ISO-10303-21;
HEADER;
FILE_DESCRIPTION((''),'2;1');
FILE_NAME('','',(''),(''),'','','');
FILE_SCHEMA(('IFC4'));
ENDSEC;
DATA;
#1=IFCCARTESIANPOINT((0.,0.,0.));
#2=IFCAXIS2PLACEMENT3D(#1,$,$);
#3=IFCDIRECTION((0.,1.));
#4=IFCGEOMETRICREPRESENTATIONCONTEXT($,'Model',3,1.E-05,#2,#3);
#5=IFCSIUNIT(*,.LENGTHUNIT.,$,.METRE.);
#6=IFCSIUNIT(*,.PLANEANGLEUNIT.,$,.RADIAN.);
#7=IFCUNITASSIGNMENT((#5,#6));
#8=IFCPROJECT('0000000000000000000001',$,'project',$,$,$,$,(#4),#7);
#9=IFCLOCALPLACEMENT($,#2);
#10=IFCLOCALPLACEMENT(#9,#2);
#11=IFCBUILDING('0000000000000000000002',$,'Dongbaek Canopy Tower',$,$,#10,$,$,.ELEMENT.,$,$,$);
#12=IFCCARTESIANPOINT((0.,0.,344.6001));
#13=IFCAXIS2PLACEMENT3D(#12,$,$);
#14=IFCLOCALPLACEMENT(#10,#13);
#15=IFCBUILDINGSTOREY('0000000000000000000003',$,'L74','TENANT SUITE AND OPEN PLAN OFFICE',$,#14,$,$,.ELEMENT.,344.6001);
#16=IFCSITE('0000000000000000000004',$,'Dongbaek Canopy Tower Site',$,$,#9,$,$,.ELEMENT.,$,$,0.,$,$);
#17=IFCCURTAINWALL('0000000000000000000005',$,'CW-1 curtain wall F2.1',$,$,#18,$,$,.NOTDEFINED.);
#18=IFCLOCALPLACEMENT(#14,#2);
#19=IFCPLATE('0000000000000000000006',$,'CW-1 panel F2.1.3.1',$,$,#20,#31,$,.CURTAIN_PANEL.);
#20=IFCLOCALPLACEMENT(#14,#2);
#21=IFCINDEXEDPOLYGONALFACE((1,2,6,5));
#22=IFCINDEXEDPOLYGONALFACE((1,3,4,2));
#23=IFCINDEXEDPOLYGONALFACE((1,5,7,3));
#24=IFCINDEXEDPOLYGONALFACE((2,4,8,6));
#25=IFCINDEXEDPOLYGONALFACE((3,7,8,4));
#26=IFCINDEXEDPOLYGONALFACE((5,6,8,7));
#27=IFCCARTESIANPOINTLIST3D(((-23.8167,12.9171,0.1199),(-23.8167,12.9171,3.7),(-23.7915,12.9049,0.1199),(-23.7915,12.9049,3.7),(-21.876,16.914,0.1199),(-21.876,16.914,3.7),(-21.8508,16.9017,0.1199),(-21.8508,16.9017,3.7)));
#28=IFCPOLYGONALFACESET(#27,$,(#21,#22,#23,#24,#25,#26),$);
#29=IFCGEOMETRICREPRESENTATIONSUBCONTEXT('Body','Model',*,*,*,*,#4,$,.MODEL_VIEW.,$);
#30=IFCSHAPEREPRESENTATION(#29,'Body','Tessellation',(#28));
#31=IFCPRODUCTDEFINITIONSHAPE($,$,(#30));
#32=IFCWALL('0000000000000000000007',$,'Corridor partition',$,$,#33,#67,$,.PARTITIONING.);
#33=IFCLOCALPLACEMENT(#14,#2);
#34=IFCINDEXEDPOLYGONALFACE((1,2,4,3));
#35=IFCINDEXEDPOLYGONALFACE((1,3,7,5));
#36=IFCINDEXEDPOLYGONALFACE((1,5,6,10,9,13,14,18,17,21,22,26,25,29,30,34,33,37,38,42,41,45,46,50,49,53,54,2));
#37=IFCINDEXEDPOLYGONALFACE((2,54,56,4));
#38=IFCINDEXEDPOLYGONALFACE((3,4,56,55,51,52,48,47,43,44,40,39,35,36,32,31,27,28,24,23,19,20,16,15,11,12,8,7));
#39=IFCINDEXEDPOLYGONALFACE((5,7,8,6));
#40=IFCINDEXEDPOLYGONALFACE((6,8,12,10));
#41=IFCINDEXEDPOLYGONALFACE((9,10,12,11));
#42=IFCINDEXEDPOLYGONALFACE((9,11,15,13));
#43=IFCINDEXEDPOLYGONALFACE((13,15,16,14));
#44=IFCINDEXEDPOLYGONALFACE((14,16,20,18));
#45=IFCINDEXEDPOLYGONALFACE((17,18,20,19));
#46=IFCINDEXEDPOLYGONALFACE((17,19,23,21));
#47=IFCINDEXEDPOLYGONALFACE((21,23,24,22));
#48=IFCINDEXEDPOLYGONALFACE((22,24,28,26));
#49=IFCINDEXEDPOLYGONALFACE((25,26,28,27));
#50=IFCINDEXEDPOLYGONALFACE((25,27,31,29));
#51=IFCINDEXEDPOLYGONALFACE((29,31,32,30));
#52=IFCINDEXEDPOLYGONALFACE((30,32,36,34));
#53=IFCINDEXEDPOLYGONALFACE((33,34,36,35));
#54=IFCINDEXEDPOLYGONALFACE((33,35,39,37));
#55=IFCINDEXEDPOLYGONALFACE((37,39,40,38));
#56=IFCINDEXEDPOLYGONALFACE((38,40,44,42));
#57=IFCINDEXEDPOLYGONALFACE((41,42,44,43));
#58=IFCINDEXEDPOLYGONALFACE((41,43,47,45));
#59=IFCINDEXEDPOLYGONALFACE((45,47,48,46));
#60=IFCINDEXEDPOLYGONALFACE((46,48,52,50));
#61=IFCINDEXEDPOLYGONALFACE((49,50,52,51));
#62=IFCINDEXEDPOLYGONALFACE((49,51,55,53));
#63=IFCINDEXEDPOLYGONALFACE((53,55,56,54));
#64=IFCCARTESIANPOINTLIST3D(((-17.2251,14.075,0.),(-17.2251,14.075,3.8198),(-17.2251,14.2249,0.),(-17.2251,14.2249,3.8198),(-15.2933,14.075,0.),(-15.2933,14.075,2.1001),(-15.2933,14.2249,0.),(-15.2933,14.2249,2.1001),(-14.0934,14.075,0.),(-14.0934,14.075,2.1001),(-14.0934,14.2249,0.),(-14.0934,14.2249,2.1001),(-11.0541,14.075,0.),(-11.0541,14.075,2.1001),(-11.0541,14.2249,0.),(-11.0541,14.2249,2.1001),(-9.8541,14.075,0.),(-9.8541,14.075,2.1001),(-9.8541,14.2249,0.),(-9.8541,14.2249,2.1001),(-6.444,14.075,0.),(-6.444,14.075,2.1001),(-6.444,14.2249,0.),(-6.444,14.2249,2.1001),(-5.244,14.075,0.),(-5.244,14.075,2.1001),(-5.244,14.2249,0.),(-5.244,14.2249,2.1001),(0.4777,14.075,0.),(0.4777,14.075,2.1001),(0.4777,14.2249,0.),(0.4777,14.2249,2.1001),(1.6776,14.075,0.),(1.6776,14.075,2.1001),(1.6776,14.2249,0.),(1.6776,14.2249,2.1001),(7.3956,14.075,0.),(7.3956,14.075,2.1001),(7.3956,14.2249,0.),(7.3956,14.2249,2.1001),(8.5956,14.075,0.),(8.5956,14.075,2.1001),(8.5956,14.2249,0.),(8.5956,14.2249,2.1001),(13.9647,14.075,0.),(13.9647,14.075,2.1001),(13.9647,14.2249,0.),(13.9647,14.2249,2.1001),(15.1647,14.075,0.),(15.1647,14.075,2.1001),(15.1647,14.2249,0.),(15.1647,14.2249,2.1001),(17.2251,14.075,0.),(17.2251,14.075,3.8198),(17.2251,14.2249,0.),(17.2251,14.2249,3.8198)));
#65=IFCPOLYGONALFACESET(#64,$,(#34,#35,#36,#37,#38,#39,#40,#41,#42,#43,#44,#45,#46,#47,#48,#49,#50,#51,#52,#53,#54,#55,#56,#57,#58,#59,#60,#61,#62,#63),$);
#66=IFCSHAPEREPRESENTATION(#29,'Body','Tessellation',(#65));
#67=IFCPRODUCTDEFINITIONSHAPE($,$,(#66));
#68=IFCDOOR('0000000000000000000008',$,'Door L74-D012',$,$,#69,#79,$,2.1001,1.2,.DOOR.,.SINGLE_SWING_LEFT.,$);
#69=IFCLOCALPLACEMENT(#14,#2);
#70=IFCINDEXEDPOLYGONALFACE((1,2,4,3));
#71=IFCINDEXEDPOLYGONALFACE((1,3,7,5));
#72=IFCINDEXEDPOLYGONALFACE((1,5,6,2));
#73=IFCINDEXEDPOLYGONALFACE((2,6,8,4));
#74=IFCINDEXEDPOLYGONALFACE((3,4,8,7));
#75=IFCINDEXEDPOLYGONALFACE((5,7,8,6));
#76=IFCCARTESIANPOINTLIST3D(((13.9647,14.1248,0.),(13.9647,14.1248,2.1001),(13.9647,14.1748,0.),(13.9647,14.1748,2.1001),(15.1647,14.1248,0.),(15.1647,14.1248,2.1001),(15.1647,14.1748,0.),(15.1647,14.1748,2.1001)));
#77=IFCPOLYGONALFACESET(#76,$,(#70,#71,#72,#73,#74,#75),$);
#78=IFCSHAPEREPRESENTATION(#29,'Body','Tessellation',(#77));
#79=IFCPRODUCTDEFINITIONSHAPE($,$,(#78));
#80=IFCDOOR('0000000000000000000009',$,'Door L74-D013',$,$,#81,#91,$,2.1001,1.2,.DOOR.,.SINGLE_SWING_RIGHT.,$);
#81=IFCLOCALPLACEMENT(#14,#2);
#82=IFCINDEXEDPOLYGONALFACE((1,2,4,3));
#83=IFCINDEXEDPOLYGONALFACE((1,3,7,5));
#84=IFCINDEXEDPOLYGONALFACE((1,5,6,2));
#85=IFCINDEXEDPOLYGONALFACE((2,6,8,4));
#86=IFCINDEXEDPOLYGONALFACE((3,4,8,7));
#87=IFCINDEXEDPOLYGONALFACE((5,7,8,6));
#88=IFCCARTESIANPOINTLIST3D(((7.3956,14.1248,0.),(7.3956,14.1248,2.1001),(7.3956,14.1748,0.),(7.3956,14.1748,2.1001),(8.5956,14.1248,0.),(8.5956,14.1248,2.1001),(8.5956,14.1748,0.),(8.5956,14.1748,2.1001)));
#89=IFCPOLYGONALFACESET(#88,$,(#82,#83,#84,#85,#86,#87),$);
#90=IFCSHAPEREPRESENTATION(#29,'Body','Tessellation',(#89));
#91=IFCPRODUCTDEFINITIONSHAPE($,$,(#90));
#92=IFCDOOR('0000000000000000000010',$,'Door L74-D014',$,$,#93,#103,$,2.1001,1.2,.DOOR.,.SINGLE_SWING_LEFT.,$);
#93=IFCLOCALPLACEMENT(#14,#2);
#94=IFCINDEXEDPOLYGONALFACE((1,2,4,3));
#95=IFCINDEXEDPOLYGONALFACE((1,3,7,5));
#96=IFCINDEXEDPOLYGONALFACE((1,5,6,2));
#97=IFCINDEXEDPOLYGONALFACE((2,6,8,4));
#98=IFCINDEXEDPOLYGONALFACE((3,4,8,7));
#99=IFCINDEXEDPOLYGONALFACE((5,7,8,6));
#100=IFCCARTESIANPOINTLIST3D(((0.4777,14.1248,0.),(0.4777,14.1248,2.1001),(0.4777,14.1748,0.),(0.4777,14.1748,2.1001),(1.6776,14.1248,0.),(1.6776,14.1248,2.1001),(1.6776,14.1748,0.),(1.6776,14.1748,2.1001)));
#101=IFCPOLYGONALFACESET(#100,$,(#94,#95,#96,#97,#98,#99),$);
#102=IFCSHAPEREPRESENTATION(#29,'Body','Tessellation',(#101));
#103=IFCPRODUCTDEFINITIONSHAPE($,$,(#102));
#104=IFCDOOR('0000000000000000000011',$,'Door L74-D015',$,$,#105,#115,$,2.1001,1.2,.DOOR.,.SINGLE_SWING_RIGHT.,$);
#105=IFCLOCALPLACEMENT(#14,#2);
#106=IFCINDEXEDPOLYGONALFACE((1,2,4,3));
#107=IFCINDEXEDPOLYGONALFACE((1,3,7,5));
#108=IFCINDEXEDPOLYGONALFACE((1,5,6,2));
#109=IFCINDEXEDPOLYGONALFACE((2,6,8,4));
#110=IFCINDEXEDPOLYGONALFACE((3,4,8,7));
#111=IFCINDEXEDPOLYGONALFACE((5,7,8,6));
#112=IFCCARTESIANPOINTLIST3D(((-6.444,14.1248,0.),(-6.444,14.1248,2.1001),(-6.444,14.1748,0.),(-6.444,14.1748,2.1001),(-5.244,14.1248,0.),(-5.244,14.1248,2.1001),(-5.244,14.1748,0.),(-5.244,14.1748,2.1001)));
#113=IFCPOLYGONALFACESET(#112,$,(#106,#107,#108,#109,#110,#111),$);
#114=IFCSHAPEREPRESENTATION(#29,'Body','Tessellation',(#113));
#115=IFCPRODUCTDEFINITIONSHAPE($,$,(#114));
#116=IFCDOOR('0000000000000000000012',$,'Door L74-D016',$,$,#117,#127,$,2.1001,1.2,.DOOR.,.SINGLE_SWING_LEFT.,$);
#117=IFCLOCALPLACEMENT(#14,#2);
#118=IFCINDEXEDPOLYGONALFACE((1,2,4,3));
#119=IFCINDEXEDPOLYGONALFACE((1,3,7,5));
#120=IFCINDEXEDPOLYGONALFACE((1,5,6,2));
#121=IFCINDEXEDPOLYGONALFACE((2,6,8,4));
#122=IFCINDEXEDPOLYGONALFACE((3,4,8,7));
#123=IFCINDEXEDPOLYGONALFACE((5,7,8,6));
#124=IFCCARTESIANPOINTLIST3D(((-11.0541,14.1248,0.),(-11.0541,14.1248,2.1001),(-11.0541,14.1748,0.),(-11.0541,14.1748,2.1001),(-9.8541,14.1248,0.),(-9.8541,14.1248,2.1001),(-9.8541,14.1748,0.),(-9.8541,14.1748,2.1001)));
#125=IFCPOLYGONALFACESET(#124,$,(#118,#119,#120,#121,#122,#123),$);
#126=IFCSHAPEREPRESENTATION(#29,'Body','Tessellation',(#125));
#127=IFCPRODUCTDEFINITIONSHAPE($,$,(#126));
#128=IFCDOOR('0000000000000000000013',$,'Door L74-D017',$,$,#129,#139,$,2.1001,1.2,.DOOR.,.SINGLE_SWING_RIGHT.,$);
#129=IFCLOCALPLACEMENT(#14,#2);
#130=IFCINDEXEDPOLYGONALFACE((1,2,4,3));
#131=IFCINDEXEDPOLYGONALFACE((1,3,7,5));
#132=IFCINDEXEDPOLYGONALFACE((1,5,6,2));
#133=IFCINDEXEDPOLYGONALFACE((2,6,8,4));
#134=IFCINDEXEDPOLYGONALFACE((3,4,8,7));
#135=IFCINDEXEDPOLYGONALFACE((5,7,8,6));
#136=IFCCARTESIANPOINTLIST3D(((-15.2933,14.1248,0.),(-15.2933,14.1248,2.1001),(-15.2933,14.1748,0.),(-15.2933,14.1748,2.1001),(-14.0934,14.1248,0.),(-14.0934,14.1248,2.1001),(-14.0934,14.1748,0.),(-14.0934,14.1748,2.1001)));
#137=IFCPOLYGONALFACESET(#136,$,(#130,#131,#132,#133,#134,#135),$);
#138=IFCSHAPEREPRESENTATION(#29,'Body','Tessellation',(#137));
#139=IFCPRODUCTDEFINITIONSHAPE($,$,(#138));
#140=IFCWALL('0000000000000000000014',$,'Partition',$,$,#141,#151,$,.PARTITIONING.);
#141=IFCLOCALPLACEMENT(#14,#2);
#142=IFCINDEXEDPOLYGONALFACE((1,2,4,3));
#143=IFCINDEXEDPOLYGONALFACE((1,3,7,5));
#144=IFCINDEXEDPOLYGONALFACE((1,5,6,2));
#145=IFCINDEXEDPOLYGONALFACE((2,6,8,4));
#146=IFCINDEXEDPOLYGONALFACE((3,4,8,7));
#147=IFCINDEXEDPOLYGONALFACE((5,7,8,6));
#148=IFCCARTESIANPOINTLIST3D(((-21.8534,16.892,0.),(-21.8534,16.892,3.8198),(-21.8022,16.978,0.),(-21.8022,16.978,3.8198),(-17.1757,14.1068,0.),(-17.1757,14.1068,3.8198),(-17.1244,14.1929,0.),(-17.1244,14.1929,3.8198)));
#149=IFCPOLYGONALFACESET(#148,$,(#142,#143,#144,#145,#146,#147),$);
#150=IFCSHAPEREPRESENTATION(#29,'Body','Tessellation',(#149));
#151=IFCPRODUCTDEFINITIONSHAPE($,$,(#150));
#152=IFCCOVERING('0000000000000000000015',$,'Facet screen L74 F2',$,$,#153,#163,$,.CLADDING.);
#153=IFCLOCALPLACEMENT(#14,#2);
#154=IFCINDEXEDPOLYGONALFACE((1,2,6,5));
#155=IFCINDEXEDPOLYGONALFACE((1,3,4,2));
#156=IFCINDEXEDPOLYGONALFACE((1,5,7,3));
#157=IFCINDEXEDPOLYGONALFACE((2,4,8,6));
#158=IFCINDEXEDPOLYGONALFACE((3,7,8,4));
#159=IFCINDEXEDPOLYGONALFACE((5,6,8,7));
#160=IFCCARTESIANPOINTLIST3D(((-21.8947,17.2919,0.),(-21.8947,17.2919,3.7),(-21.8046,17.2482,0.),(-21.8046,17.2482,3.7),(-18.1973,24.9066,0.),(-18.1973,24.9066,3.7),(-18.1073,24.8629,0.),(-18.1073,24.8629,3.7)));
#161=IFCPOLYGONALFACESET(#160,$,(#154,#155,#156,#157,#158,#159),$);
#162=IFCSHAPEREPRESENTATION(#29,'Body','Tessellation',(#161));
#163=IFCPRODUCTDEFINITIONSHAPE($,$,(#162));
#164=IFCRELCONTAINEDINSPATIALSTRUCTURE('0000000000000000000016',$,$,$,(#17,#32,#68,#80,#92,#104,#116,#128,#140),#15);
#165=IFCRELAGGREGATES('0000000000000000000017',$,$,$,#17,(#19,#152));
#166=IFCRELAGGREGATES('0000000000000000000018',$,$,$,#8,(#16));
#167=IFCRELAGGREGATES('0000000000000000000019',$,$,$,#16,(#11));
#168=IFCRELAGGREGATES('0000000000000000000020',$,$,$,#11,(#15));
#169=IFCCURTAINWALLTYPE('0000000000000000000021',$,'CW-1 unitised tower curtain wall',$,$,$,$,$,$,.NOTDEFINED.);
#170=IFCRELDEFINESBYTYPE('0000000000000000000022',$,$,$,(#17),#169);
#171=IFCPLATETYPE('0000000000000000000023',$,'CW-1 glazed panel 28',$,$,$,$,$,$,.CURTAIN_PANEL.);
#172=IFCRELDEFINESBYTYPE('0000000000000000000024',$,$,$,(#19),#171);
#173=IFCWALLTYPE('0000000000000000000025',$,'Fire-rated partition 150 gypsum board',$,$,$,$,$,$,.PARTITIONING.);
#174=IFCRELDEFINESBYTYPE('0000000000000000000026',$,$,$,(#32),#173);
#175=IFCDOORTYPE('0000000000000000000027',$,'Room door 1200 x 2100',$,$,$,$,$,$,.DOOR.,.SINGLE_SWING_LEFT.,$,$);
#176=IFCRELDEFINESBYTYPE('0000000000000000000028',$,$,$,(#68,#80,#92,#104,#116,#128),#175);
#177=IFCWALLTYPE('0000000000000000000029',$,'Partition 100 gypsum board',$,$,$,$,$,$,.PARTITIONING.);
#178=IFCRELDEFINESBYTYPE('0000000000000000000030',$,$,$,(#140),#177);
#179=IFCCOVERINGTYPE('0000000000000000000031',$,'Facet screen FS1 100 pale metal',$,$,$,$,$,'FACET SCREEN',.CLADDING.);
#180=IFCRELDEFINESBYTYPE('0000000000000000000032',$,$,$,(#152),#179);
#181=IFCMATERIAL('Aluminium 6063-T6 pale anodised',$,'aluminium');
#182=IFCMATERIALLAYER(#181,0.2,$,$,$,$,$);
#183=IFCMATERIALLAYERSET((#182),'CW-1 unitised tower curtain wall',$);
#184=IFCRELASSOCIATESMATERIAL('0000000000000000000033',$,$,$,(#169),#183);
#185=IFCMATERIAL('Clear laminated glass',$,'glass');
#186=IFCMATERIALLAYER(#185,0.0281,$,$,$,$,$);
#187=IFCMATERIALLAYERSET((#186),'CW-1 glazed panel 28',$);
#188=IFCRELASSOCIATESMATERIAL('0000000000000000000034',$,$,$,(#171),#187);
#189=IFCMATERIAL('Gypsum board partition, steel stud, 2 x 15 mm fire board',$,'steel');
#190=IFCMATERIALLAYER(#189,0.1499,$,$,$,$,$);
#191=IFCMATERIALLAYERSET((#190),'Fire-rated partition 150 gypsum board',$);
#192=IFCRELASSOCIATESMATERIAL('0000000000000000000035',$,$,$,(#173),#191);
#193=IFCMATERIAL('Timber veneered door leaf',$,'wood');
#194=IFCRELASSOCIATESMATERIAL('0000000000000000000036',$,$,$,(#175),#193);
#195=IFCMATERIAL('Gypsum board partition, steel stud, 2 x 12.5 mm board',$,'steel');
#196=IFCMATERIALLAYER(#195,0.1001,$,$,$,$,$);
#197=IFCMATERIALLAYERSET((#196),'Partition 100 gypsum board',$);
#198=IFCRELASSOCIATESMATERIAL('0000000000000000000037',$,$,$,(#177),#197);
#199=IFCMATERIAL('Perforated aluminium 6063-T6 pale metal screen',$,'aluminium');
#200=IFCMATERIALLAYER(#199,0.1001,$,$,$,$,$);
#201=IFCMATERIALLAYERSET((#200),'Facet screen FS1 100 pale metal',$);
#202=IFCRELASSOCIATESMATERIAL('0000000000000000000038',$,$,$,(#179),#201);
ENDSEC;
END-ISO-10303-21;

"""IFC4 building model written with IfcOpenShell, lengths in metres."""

from ifc_helpers import new_model, si_unit, direction, frame, frame_2d, origin, origin_2d, place, context, subcontext, project, spatial, rectangle, extrude, material, layer, layer_set, type_object, element, fill, aggregate, save


model = new_model("IFC4")

# Units and contexts
model_context = context("Model", 3, precision=1e-05, world=origin(), true_north=direction((0.0, 1.0)))
body_context = subcontext(model_context, "Body", "Model", "MODEL_VIEW")
ifc_project = project(units=[si_unit("LENGTHUNIT", "METRE"), si_unit("PLANEANGLEUNIT", "RADIAN")], contexts=[model_context])

# Site, building, storey
site_placement = place(None, origin())
site = spatial("IfcSite", under=ifc_project, at=site_placement, Name="Dongbaek Canopy Tower Site", CompositionType="ELEMENT", RefElevation=0.0)
building_placement = place(site_placement, origin())
building = spatial("IfcBuilding", under=site, at=building_placement, Name="Dongbaek Canopy Tower", CompositionType="ELEMENT")
storey_placement = place(building_placement, frame((0.0, 0.0, 344.6001)))
storey = spatial("IfcBuildingStorey", under=building, at=storey_placement, Name="L74", Description="TENANT SUITE AND OPEN PLAN OFFICE", CompositionType="ELEMENT", Elevation=344.6001)

# Curtain wall
ifc_material_1 = material(Name="Aluminium 6063-T6 pale anodised", Category="aluminium")
ifc_layer_1 = layer(ifc_material_1, 0.2)
ifc_layer_set_1 = layer_set([ifc_layer_1], Name="CW-1 unitised tower curtain wall")
curtain_wall_type = type_object("IfcCurtainWallType", Name="CW-1 unitised tower curtain wall", PredefinedType="NOTDEFINED", material=ifc_layer_set_1)
curtain_wall_1_placement = place(storey_placement, origin())
curtain_wall_1 = element("IfcCurtainWall", 1, at=curtain_wall_1_placement, inside=storey, type_object=curtain_wall_type, Name="CW-1 curtain wall F2.1", PredefinedType="NOTDEFINED")

# Plate
ifc_material_2 = material(Name="Clear laminated glass", Category="glass")
ifc_layer_2 = layer(ifc_material_2, 0.0281)
ifc_layer_set_2 = layer_set([ifc_layer_2], Name="CW-1 glazed panel 28")
plate_type = type_object("IfcPlateType", Name="CW-1 glazed panel 28", PredefinedType="CURTAIN_PANEL", material=ifc_layer_set_2)
plate_1_placement = place(storey_placement, frame((-22.8337, 14.9094, 0.1199), z_axis=(0.0, 0.0, 1.0), x_axis=(-0.436791, -0.899563, 0.0)))
plate_1 = element("IfcPlate", 2, at=plate_1_placement, type_object=plate_type, Name="CW-1 panel F2.1.3.1", PredefinedType="CURTAIN_PANEL", context=body_context, shape_type="SweptSolid", body=[
    extrude(rectangle(XDim=4.4431, YDim=0.0281, at=origin_2d()), origin(), (0.0, 0.0, 1.0), 3.5801),
])

# Wall, openings, doors
ifc_material_3 = material(Name="Gypsum board partition, steel stud, 2 x 15 mm fire board", Category="steel")
ifc_layer_3 = layer(ifc_material_3, 0.1499)
ifc_layer_set_3 = layer_set([ifc_layer_3], Name="Fire-rated partition 150 gypsum board")
wall_type_1 = type_object("IfcWallType", Name="Fire-rated partition 150 gypsum board", PredefinedType="PARTITIONING", material=ifc_layer_set_3)
wall_1_placement = place(storey_placement, frame((-17.2251, 14.1499, 0.0), z_axis=(0.0, 0.0, 1.0), x_axis=(1.0, 0.0, 0.0)))
wall_1 = element("IfcWall", 3, at=wall_1_placement, inside=storey, type_object=wall_type_1, Name="Corridor partition", PredefinedType="PARTITIONING", context=body_context, shape_type="SweptSolid", body=[
    extrude(rectangle(XDim=34.4502, YDim=0.1499, at=frame_2d((17.2251, 0.0))), origin(), (0.0, 0.0, 1.0), 3.8198),
])
opening_1_placement = place(wall_1_placement, frame((31.1897, 0.0, 0.0)))
opening_1 = element("IfcOpeningElement", 4, at=opening_1_placement, cuts=wall_1, PredefinedType="OPENING", context=body_context, shape_type="SweptSolid", body=[
    extrude(rectangle(XDim=1.2, YDim=2.1001, at=frame_2d((0.6001, 1.05))), frame((0.0, 0.085, 0.0), z_axis=(0.0, -1.0, 0.0), x_axis=(1.0, 0.0, 0.0)), (0.0, 0.0, 1.0), 0.1699),
])
opening_2_placement = place(wall_1_placement, frame((24.6206, 0.0, 0.0)))
opening_2 = element("IfcOpeningElement", 5, at=opening_2_placement, cuts=wall_1, PredefinedType="OPENING", context=body_context, shape_type="SweptSolid", body=[
    extrude(rectangle(XDim=1.2, YDim=2.1001, at=frame_2d((0.6001, 1.05))), frame((0.0, 0.085, 0.0), z_axis=(0.0, -1.0, 0.0), x_axis=(1.0, 0.0, 0.0)), (0.0, 0.0, 1.0), 0.1699),
])
opening_3_placement = place(wall_1_placement, frame((17.7026, 0.0, 0.0)))
opening_3 = element("IfcOpeningElement", 6, at=opening_3_placement, cuts=wall_1, PredefinedType="OPENING", context=body_context, shape_type="SweptSolid", body=[
    extrude(rectangle(XDim=1.2, YDim=2.1001, at=frame_2d((0.6001, 1.05))), frame((0.0, 0.085, 0.0), z_axis=(0.0, -1.0, 0.0), x_axis=(1.0, 0.0, 0.0)), (0.0, 0.0, 1.0), 0.1699),
])
opening_4_placement = place(wall_1_placement, frame((10.781, 0.0, 0.0)))
opening_4 = element("IfcOpeningElement", 7, at=opening_4_placement, cuts=wall_1, PredefinedType="OPENING", context=body_context, shape_type="SweptSolid", body=[
    extrude(rectangle(XDim=1.2, YDim=2.1001, at=frame_2d((0.6001, 1.05))), frame((0.0, 0.085, 0.0), z_axis=(0.0, -1.0, 0.0), x_axis=(1.0, 0.0, 0.0)), (0.0, 0.0, 1.0), 0.1699),
])
opening_5_placement = place(wall_1_placement, frame((6.1709, 0.0, 0.0)))
opening_5 = element("IfcOpeningElement", 8, at=opening_5_placement, cuts=wall_1, PredefinedType="OPENING", context=body_context, shape_type="SweptSolid", body=[
    extrude(rectangle(XDim=1.2, YDim=2.1001, at=frame_2d((0.6001, 1.05))), frame((0.0, 0.085, 0.0), z_axis=(0.0, -1.0, 0.0), x_axis=(1.0, 0.0, 0.0)), (0.0, 0.0, 1.0), 0.1699),
])
opening_6_placement = place(wall_1_placement, frame((1.9316, 0.0, 0.0)))
opening_6 = element("IfcOpeningElement", 9, at=opening_6_placement, cuts=wall_1, PredefinedType="OPENING", context=body_context, shape_type="SweptSolid", body=[
    extrude(rectangle(XDim=1.2, YDim=2.1001, at=frame_2d((0.6001, 1.05))), frame((0.0, 0.085, 0.0), z_axis=(0.0, -1.0, 0.0), x_axis=(1.0, 0.0, 0.0)), (0.0, 0.0, 1.0), 0.1699),
])
ifc_material_4 = material(Name="Timber veneered door leaf", Category="wood")
door_type = type_object("IfcDoorType", Name="Room door 1200 x 2100", OperationType="SINGLE_SWING_LEFT", PredefinedType="DOOR", material=ifc_material_4)
door_1_placement = place(opening_1_placement, origin())
door_1 = element("IfcDoor", 10, at=door_1_placement, inside=storey, type_object=door_type, Name="Door L74-D012", OperationType="SINGLE_SWING_LEFT", OverallHeight=2.1001, OverallWidth=1.2, PredefinedType="DOOR", context=body_context, shape_type="SweptSolid", body=[
    extrude(rectangle(XDim=1.2, YDim=2.1001, at=frame_2d((0.6001, 1.05))), frame((0.0, 0.0249, 0.0), z_axis=(0.0, -1.0, 0.0), x_axis=(1.0, 0.0, 0.0)), (0.0, 0.0, 1.0), 0.05),
])
fill(opening_1, door_1)
door_2_placement = place(opening_2_placement, origin())
door_2 = element("IfcDoor", 11, at=door_2_placement, inside=storey, type_object=door_type, Name="Door L74-D013", OperationType="SINGLE_SWING_RIGHT", OverallHeight=2.1001, OverallWidth=1.2, PredefinedType="DOOR", context=body_context, shape_type="SweptSolid", body=[
    extrude(rectangle(XDim=1.2, YDim=2.1001, at=frame_2d((0.6001, 1.05))), frame((0.0, 0.0249, 0.0), z_axis=(0.0, -1.0, 0.0), x_axis=(1.0, 0.0, 0.0)), (0.0, 0.0, 1.0), 0.05),
])
fill(opening_2, door_2)
door_3_placement = place(opening_3_placement, origin())
door_3 = element("IfcDoor", 12, at=door_3_placement, inside=storey, type_object=door_type, Name="Door L74-D014", OperationType="SINGLE_SWING_LEFT", OverallHeight=2.1001, OverallWidth=1.2, PredefinedType="DOOR", context=body_context, shape_type="SweptSolid", body=[
    extrude(rectangle(XDim=1.2, YDim=2.1001, at=frame_2d((0.6001, 1.05))), frame((0.0, 0.0249, 0.0), z_axis=(0.0, -1.0, 0.0), x_axis=(1.0, 0.0, 0.0)), (0.0, 0.0, 1.0), 0.05),
])
fill(opening_3, door_3)
door_4_placement = place(opening_4_placement, origin())
door_4 = element("IfcDoor", 13, at=door_4_placement, inside=storey, type_object=door_type, Name="Door L74-D015", OperationType="SINGLE_SWING_RIGHT", OverallHeight=2.1001, OverallWidth=1.2, PredefinedType="DOOR", context=body_context, shape_type="SweptSolid", body=[
    extrude(rectangle(XDim=1.2, YDim=2.1001, at=frame_2d((0.6001, 1.05))), frame((0.0, 0.0249, 0.0), z_axis=(0.0, -1.0, 0.0), x_axis=(1.0, 0.0, 0.0)), (0.0, 0.0, 1.0), 0.05),
])
fill(opening_4, door_4)
door_5_placement = place(opening_5_placement, origin())
door_5 = element("IfcDoor", 14, at=door_5_placement, inside=storey, type_object=door_type, Name="Door L74-D016", OperationType="SINGLE_SWING_LEFT", OverallHeight=2.1001, OverallWidth=1.2, PredefinedType="DOOR", context=body_context, shape_type="SweptSolid", body=[
    extrude(rectangle(XDim=1.2, YDim=2.1001, at=frame_2d((0.6001, 1.05))), frame((0.0, 0.0249, 0.0), z_axis=(0.0, -1.0, 0.0), x_axis=(1.0, 0.0, 0.0)), (0.0, 0.0, 1.0), 0.05),
])
fill(opening_5, door_5)
door_6_placement = place(opening_6_placement, origin())
door_6 = element("IfcDoor", 15, at=door_6_placement, inside=storey, type_object=door_type, Name="Door L74-D017", OperationType="SINGLE_SWING_RIGHT", OverallHeight=2.1001, OverallWidth=1.2, PredefinedType="DOOR", context=body_context, shape_type="SweptSolid", body=[
    extrude(rectangle(XDim=1.2, YDim=2.1001, at=frame_2d((0.6001, 1.05))), frame((0.0, 0.0249, 0.0), z_axis=(0.0, -1.0, 0.0), x_axis=(1.0, 0.0, 0.0)), (0.0, 0.0, 1.0), 0.05),
])
fill(opening_6, door_6)

# Wall
ifc_material_5 = material(Name="Gypsum board partition, steel stud, 2 x 12.5 mm board", Category="steel")
ifc_layer_4 = layer(ifc_material_5, 0.1001)
ifc_layer_set_4 = layer_set([ifc_layer_4], Name="Partition 100 gypsum board")
wall_type_2 = type_object("IfcWallType", Name="Partition 100 gypsum board", PredefinedType="PARTITIONING", material=ifc_layer_set_4)
wall_2_placement = place(storey_placement, frame((-21.8279, 16.9351, 0.0), z_axis=(0.0, 0.0, 1.0), x_axis=(0.859229, -0.511591, 0.0)))
element("IfcWall", 16, at=wall_2_placement, inside=storey, type_object=wall_type_2, Name="Partition", PredefinedType="PARTITIONING", context=body_context, shape_type="SweptSolid", body=[
    extrude(rectangle(XDim=5.4441, YDim=0.1001, at=frame_2d((2.7222, 0.0))), origin(), (0.0, 0.0, 1.0), 3.8198),
])

# Covering
ifc_material_6 = material(Name="Perforated aluminium 6063-T6 pale metal screen", Category="aluminium")
ifc_layer_5 = layer(ifc_material_6, 0.1001)
ifc_layer_set_5 = layer_set([ifc_layer_5], Name="Facet screen FS1 100 pale metal")
covering_type_1 = type_object("IfcCoveringType", Name="Facet screen FS1 100 pale metal", ElementType="FACET SCREEN", PredefinedType="CLADDING", material=ifc_layer_set_5)
covering_1_placement = place(storey_placement, frame((-20.001, 21.0774, 0.0), z_axis=(0.0, 0.0, 1.0), x_axis=(-0.436791, -0.899563, 0.0)))
covering_1 = element("IfcCovering", 17, at=covering_1_placement, type_object=covering_type_1, Name="Facet screen L74 F2", PredefinedType="CLADDING", context=body_context, shape_type="SweptSolid", body=[
    extrude(rectangle(XDim=8.4648, YDim=0.1001, at=origin_2d()), origin(), (0.0, 0.0, 1.0), 3.7),
])
aggregate(curtain_wall_1, [plate_1, covering_1])

save(model, "model.ifc")
